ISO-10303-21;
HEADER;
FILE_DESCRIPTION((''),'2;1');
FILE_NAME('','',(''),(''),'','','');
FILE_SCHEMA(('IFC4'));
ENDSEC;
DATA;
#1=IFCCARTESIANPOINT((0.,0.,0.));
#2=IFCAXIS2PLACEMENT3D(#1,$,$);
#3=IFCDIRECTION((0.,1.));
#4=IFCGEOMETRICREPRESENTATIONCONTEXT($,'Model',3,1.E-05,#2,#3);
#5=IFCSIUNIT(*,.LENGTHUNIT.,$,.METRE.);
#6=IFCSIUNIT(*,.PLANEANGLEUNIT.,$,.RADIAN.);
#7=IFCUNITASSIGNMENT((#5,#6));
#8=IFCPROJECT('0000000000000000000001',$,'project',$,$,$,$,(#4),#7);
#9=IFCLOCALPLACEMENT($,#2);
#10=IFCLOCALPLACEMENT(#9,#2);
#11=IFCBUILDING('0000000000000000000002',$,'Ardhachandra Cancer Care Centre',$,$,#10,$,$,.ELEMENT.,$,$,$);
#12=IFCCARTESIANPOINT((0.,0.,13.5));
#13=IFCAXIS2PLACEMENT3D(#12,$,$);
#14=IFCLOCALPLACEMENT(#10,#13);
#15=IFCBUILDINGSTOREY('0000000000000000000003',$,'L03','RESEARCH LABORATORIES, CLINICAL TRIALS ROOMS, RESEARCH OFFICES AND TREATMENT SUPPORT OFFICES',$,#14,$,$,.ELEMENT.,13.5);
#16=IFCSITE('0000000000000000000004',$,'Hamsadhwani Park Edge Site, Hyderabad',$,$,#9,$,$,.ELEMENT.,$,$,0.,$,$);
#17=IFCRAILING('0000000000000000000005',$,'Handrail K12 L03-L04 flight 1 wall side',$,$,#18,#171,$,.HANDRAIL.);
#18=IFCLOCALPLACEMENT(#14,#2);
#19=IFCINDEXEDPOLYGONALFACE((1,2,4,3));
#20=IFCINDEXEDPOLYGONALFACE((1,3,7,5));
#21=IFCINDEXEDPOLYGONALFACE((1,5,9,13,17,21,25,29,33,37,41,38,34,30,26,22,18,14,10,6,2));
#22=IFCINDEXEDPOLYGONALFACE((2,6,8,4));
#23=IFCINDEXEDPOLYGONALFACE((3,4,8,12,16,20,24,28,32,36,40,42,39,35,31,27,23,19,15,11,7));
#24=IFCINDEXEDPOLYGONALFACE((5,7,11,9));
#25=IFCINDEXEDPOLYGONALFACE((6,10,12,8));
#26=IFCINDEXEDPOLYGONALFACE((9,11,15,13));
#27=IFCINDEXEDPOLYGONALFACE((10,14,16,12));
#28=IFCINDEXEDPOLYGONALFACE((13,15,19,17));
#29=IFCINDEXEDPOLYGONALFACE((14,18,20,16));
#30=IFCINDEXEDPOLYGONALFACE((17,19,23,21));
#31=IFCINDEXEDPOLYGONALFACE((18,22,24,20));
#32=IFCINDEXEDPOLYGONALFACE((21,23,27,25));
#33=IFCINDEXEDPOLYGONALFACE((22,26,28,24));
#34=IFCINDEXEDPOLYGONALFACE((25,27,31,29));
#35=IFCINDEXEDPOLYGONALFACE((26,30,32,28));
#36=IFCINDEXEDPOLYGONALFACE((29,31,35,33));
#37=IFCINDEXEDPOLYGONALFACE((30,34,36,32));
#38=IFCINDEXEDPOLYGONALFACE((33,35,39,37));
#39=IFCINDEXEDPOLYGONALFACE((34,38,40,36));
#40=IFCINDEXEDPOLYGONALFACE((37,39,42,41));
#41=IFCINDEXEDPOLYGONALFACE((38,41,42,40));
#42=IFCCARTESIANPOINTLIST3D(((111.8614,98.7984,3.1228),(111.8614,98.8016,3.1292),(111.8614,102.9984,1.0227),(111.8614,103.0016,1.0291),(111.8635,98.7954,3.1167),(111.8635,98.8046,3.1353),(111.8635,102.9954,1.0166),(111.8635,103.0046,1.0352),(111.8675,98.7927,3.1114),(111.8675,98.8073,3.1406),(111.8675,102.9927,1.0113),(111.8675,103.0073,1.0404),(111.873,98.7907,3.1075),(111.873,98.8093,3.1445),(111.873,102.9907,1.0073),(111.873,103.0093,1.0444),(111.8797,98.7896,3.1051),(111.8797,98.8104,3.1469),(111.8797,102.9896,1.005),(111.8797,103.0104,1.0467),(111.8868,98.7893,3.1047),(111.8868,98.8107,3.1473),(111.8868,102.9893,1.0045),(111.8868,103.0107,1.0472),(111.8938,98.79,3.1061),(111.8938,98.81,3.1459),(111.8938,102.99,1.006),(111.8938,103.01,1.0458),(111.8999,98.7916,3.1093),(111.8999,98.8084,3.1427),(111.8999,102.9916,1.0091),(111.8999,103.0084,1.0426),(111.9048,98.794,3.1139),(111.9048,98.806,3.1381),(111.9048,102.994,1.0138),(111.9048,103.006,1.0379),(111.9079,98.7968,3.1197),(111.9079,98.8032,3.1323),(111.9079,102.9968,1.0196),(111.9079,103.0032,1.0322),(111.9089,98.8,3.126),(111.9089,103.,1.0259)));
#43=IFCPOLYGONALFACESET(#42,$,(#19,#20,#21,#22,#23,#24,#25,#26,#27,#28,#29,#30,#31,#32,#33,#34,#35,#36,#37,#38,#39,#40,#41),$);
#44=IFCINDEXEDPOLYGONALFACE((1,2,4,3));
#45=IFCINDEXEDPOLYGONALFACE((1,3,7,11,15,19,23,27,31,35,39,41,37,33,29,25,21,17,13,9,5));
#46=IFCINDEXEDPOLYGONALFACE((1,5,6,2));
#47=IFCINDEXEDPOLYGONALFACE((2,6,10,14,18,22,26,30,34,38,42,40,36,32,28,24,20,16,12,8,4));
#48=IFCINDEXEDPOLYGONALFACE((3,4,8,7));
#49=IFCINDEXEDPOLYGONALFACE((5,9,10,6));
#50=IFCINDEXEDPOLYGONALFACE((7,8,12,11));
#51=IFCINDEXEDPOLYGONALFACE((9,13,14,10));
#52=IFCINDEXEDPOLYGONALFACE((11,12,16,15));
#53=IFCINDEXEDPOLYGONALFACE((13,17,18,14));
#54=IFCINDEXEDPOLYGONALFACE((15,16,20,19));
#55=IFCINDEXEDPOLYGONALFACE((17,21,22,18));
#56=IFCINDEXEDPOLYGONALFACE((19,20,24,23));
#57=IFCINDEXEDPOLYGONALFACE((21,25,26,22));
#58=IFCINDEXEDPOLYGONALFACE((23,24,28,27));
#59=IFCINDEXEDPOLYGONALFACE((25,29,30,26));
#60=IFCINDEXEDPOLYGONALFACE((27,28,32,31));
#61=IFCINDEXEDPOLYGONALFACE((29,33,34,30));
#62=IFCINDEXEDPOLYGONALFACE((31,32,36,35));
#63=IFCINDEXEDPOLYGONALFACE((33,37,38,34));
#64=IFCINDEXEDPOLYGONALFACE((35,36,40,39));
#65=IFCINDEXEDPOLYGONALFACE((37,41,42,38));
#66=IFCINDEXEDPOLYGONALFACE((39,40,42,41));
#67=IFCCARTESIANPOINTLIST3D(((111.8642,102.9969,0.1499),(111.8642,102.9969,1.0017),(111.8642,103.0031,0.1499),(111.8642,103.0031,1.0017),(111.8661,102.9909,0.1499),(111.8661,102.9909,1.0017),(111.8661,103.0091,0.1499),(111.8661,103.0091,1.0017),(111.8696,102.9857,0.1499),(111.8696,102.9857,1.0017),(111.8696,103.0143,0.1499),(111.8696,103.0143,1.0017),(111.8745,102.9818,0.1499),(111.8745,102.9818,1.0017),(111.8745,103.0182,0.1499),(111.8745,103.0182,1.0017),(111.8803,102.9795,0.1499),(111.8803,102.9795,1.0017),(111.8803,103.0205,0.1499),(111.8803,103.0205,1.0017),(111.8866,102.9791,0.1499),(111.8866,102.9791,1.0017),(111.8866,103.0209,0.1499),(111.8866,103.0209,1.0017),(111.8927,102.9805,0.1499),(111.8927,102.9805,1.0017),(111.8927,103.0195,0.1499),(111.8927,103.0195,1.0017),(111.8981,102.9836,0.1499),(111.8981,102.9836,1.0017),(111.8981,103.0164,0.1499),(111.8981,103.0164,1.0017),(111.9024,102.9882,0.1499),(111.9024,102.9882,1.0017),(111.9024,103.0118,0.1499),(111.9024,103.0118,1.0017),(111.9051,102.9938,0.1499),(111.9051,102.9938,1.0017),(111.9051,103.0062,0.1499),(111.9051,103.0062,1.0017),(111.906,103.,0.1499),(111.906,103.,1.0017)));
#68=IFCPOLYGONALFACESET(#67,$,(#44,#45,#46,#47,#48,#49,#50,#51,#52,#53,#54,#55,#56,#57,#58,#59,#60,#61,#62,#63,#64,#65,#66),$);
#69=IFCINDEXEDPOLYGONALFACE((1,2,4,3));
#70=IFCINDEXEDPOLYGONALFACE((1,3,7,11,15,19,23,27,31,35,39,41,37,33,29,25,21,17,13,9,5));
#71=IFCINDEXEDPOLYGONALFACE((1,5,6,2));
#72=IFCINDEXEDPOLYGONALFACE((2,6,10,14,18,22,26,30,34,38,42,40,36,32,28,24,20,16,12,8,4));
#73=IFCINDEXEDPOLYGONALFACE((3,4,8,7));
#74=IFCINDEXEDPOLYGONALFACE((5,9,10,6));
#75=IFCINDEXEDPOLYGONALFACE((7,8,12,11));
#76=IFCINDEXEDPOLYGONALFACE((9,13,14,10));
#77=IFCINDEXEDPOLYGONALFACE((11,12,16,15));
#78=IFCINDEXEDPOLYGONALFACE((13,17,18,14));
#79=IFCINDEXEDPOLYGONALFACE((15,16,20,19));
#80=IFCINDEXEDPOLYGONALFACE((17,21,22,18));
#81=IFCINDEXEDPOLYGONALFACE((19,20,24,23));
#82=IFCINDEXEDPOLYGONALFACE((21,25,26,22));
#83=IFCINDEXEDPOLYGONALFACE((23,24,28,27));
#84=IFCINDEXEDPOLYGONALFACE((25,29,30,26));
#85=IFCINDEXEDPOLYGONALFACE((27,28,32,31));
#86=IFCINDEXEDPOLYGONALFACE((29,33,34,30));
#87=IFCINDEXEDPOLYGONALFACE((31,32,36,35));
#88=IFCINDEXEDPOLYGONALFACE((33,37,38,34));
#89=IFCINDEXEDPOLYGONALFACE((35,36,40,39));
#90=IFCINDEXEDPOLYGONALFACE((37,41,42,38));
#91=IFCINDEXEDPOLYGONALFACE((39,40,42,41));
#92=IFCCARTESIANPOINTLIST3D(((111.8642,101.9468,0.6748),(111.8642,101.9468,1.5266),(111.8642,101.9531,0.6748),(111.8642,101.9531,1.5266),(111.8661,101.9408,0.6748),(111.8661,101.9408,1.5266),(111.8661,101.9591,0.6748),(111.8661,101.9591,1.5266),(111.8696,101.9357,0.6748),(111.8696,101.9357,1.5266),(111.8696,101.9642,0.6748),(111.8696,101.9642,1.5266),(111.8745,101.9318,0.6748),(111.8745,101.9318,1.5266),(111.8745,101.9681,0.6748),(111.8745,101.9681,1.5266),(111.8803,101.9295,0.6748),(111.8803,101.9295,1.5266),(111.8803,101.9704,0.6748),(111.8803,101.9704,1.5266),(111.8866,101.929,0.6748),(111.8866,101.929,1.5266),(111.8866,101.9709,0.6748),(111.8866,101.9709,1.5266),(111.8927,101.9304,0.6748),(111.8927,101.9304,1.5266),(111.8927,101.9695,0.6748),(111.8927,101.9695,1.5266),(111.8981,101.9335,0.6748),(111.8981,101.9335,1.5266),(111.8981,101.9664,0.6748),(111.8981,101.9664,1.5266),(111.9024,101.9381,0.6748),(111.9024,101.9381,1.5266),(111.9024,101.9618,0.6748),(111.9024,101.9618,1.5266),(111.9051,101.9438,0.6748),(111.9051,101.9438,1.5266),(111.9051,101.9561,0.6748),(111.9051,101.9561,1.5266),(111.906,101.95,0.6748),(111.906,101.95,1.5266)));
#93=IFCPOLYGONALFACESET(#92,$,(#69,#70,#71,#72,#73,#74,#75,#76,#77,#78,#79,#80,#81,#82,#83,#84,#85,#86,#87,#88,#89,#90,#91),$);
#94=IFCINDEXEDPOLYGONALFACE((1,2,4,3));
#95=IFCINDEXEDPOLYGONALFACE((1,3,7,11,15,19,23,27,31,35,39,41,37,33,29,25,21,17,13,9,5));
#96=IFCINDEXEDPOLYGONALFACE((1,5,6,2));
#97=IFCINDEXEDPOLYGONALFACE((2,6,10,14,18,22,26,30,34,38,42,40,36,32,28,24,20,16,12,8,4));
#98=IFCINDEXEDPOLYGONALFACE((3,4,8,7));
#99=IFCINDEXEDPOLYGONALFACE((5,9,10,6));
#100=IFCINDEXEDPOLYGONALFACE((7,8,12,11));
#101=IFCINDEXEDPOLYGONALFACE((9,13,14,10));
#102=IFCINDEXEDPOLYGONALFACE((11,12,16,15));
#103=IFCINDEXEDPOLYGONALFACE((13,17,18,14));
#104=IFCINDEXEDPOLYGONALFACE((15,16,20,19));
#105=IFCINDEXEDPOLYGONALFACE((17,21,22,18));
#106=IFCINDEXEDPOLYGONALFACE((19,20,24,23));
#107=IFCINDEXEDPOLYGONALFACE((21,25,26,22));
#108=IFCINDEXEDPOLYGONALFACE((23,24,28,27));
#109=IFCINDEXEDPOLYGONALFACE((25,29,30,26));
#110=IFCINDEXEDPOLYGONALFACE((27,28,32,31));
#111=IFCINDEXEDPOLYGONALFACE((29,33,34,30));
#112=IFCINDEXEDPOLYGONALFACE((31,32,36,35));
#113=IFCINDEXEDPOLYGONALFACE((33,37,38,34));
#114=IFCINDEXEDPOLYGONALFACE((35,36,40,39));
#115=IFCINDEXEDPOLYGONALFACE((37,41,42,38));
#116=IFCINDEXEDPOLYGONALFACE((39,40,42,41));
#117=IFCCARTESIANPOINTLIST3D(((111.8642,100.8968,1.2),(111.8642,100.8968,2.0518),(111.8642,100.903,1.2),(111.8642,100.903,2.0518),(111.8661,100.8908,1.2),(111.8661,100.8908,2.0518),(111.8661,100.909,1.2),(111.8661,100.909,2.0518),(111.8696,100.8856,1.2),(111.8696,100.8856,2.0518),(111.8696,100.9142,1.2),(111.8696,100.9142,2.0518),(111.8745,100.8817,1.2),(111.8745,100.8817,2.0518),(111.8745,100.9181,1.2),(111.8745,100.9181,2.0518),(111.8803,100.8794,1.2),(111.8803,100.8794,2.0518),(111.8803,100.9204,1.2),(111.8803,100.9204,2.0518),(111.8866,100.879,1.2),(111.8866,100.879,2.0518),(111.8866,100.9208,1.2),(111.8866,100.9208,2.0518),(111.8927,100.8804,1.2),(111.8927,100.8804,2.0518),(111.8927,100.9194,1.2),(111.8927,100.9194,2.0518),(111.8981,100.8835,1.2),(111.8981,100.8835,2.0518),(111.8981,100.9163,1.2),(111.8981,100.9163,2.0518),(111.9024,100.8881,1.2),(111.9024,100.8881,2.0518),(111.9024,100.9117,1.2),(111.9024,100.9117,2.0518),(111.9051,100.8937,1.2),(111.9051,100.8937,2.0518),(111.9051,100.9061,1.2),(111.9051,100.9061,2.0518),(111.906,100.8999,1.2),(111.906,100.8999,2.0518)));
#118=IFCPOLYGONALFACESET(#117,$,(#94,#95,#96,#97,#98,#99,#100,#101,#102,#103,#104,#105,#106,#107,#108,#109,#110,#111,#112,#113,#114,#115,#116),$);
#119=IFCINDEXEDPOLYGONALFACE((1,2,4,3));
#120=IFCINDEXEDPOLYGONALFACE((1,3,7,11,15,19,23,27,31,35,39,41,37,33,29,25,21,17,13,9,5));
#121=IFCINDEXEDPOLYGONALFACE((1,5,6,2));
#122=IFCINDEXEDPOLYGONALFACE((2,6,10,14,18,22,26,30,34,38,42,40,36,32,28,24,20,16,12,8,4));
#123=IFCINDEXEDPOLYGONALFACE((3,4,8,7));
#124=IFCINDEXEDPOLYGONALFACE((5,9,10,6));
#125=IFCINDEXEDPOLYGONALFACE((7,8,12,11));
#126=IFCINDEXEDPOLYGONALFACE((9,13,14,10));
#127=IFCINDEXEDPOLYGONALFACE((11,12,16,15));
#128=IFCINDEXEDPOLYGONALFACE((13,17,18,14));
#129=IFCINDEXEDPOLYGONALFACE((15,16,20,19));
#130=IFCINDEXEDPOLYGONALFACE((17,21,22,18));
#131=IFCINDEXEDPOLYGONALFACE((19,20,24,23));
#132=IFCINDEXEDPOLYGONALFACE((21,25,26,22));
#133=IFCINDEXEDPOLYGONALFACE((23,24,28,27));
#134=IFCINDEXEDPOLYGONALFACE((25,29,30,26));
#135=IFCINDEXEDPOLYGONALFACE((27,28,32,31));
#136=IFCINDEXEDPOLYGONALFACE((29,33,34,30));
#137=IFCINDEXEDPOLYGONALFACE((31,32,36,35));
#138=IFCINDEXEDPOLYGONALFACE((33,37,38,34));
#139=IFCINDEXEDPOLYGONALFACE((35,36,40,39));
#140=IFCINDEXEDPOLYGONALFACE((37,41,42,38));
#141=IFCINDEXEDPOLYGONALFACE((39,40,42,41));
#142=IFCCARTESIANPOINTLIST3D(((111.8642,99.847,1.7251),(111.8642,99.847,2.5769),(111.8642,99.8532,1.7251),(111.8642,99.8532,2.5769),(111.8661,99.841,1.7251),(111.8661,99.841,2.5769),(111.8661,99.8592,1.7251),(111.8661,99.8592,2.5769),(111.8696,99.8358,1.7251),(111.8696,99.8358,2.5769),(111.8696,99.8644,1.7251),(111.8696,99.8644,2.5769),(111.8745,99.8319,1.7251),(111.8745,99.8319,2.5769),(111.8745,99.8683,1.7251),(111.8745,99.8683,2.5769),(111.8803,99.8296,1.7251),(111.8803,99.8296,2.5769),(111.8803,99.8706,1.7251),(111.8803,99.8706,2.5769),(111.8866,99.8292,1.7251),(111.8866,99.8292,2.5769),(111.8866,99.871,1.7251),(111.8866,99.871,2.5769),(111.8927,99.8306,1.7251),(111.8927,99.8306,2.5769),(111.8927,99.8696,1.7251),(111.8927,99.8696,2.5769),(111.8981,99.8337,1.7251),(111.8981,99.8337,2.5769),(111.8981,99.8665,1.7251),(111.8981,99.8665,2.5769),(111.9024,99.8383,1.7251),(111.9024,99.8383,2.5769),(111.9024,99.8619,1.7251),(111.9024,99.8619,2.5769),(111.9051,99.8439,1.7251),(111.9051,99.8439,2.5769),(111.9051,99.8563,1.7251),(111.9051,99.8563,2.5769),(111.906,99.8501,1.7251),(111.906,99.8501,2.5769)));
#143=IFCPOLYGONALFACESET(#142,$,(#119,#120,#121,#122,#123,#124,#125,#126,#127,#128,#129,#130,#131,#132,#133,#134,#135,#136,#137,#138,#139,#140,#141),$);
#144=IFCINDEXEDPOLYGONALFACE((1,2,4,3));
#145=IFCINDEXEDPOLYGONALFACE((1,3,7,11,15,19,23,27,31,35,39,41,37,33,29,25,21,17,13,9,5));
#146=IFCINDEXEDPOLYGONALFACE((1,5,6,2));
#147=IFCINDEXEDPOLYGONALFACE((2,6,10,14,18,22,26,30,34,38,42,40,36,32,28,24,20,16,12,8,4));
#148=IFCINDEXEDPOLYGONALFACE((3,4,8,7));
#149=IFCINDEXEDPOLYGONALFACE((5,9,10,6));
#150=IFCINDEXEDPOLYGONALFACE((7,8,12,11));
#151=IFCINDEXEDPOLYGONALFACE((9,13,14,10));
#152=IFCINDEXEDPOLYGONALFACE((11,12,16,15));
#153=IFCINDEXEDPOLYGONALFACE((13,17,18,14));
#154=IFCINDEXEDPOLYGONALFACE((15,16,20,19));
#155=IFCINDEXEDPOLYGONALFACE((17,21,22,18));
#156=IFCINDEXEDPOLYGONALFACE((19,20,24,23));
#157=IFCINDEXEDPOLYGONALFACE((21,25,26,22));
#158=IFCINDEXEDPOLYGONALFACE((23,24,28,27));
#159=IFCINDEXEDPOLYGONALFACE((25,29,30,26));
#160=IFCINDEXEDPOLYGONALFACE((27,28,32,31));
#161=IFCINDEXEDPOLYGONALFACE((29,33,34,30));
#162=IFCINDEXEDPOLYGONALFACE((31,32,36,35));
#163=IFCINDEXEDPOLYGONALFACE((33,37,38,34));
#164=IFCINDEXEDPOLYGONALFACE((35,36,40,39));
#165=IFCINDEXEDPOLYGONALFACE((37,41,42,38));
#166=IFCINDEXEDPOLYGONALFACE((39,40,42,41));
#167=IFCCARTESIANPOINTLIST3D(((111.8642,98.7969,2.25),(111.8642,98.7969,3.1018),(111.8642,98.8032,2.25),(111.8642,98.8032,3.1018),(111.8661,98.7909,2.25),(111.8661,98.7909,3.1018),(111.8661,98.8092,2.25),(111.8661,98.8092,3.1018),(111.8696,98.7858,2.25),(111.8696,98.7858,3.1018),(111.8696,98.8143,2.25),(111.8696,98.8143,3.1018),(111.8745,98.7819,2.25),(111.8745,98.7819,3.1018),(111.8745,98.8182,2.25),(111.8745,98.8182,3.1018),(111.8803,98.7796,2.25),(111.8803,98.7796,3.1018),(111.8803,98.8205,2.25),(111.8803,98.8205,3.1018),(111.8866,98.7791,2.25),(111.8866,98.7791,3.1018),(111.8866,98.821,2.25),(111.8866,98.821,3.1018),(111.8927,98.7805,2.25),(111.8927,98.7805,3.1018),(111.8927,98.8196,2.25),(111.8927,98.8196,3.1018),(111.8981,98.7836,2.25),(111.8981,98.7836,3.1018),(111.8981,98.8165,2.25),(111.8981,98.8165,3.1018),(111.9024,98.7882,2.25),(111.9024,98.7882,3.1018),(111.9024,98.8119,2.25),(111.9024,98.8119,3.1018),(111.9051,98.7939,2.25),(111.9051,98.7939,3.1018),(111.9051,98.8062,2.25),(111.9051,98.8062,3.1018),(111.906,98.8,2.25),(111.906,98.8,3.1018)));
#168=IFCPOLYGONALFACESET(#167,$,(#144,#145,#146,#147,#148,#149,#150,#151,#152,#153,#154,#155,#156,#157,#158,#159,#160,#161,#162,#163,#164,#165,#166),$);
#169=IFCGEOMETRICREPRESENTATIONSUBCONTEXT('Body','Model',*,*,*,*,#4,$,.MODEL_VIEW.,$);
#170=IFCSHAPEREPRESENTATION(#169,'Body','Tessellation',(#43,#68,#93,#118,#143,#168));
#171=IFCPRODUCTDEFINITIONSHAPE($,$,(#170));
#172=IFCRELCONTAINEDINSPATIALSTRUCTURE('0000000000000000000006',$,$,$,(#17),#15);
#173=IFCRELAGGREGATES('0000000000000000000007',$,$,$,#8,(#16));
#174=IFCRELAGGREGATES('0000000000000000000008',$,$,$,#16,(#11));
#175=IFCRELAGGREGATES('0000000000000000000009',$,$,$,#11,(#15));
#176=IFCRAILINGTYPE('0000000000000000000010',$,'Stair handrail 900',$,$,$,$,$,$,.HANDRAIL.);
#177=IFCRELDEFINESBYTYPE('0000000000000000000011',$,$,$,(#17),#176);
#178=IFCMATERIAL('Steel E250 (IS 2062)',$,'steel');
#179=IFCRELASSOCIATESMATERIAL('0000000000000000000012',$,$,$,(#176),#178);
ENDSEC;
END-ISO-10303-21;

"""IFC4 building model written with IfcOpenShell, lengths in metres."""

from ifc_helpers import new_model, si_unit, direction, frame, origin, origin_2d, place, context, subcontext, project, spatial, circle, extrude, material, type_object, element, save


model = new_model("IFC4")

# Units and contexts
model_context = context("Model", 3, precision=1e-05, world=origin(), true_north=direction((0.0, 1.0)))
body_context = subcontext(model_context, "Body", "Model", "MODEL_VIEW")
ifc_project = project(units=[si_unit("LENGTHUNIT", "METRE"), si_unit("PLANEANGLEUNIT", "RADIAN")], contexts=[model_context])

# Site, building, storey
site_placement = place(None, origin())
site = spatial("IfcSite", under=ifc_project, at=site_placement, Name="Hamsadhwani Park Edge Site, Hyderabad", CompositionType="ELEMENT", RefElevation=0.0)
building_placement = place(site_placement, origin())
building = spatial("IfcBuilding", under=site, at=building_placement, Name="Ardhachandra Cancer Care Centre", CompositionType="ELEMENT")
storey_placement = place(building_placement, frame((0.0, 0.0, 13.5)))
storey = spatial("IfcBuildingStorey", under=building, at=storey_placement, Name="L03", Description="RESEARCH LABORATORIES, CLINICAL TRIALS ROOMS, RESEARCH OFFICES AND TREATMENT SUPPORT OFFICES", CompositionType="ELEMENT", Elevation=13.5)

# Railing
ifc_material_1 = material(Name="Steel E250 (IS 2062)", Category="steel")
railing_type_1 = type_object("IfcRailingType", Name="Stair handrail 900", PredefinedType="HANDRAIL", material=ifc_material_1)
for number, where, name in (
    (1, (111.885, 103.0, 0.1499), "Handrail K12 L03-L04 flight 1 wall side"),
):
    element("IfcRailing", number, at=place(storey_placement, frame(where)), inside=storey, type_object=railing_type_1, Name=name, PredefinedType="HANDRAIL", context=body_context, shape_type="SweptSolid", body=[
        extrude(circle(Radius=0.0239, at=origin_2d()), frame((0.0, 0.0, 0.876), z_axis=(0.0, -0.894417, 0.447234), x_axis=(1.0, 0.0, 0.0)), (0.0, 0.0, 1.0), 4.6958),
        extrude(circle(Radius=0.021, at=origin_2d()), origin(), (0.0, 0.0, 1.0), 0.8518),
        extrude(circle(Radius=0.021, at=origin_2d()), frame((0.0, -1.05, 0.5249)), (0.0, 0.0, 1.0), 0.8518),
        extrude(circle(Radius=0.021, at=origin_2d()), frame((0.0, -2.1001, 1.05)), (0.0, 0.0, 1.0), 0.8518),
        extrude(circle(Radius=0.021, at=origin_2d()), frame((0.0, -3.1499, 1.5752)), (0.0, 0.0, 1.0), 0.8518),
        extrude(circle(Radius=0.021, at=origin_2d()), frame((0.0, -4.2, 2.1001)), (0.0, 0.0, 1.0), 0.8518),
    ])

save(model, "model.ifc")
